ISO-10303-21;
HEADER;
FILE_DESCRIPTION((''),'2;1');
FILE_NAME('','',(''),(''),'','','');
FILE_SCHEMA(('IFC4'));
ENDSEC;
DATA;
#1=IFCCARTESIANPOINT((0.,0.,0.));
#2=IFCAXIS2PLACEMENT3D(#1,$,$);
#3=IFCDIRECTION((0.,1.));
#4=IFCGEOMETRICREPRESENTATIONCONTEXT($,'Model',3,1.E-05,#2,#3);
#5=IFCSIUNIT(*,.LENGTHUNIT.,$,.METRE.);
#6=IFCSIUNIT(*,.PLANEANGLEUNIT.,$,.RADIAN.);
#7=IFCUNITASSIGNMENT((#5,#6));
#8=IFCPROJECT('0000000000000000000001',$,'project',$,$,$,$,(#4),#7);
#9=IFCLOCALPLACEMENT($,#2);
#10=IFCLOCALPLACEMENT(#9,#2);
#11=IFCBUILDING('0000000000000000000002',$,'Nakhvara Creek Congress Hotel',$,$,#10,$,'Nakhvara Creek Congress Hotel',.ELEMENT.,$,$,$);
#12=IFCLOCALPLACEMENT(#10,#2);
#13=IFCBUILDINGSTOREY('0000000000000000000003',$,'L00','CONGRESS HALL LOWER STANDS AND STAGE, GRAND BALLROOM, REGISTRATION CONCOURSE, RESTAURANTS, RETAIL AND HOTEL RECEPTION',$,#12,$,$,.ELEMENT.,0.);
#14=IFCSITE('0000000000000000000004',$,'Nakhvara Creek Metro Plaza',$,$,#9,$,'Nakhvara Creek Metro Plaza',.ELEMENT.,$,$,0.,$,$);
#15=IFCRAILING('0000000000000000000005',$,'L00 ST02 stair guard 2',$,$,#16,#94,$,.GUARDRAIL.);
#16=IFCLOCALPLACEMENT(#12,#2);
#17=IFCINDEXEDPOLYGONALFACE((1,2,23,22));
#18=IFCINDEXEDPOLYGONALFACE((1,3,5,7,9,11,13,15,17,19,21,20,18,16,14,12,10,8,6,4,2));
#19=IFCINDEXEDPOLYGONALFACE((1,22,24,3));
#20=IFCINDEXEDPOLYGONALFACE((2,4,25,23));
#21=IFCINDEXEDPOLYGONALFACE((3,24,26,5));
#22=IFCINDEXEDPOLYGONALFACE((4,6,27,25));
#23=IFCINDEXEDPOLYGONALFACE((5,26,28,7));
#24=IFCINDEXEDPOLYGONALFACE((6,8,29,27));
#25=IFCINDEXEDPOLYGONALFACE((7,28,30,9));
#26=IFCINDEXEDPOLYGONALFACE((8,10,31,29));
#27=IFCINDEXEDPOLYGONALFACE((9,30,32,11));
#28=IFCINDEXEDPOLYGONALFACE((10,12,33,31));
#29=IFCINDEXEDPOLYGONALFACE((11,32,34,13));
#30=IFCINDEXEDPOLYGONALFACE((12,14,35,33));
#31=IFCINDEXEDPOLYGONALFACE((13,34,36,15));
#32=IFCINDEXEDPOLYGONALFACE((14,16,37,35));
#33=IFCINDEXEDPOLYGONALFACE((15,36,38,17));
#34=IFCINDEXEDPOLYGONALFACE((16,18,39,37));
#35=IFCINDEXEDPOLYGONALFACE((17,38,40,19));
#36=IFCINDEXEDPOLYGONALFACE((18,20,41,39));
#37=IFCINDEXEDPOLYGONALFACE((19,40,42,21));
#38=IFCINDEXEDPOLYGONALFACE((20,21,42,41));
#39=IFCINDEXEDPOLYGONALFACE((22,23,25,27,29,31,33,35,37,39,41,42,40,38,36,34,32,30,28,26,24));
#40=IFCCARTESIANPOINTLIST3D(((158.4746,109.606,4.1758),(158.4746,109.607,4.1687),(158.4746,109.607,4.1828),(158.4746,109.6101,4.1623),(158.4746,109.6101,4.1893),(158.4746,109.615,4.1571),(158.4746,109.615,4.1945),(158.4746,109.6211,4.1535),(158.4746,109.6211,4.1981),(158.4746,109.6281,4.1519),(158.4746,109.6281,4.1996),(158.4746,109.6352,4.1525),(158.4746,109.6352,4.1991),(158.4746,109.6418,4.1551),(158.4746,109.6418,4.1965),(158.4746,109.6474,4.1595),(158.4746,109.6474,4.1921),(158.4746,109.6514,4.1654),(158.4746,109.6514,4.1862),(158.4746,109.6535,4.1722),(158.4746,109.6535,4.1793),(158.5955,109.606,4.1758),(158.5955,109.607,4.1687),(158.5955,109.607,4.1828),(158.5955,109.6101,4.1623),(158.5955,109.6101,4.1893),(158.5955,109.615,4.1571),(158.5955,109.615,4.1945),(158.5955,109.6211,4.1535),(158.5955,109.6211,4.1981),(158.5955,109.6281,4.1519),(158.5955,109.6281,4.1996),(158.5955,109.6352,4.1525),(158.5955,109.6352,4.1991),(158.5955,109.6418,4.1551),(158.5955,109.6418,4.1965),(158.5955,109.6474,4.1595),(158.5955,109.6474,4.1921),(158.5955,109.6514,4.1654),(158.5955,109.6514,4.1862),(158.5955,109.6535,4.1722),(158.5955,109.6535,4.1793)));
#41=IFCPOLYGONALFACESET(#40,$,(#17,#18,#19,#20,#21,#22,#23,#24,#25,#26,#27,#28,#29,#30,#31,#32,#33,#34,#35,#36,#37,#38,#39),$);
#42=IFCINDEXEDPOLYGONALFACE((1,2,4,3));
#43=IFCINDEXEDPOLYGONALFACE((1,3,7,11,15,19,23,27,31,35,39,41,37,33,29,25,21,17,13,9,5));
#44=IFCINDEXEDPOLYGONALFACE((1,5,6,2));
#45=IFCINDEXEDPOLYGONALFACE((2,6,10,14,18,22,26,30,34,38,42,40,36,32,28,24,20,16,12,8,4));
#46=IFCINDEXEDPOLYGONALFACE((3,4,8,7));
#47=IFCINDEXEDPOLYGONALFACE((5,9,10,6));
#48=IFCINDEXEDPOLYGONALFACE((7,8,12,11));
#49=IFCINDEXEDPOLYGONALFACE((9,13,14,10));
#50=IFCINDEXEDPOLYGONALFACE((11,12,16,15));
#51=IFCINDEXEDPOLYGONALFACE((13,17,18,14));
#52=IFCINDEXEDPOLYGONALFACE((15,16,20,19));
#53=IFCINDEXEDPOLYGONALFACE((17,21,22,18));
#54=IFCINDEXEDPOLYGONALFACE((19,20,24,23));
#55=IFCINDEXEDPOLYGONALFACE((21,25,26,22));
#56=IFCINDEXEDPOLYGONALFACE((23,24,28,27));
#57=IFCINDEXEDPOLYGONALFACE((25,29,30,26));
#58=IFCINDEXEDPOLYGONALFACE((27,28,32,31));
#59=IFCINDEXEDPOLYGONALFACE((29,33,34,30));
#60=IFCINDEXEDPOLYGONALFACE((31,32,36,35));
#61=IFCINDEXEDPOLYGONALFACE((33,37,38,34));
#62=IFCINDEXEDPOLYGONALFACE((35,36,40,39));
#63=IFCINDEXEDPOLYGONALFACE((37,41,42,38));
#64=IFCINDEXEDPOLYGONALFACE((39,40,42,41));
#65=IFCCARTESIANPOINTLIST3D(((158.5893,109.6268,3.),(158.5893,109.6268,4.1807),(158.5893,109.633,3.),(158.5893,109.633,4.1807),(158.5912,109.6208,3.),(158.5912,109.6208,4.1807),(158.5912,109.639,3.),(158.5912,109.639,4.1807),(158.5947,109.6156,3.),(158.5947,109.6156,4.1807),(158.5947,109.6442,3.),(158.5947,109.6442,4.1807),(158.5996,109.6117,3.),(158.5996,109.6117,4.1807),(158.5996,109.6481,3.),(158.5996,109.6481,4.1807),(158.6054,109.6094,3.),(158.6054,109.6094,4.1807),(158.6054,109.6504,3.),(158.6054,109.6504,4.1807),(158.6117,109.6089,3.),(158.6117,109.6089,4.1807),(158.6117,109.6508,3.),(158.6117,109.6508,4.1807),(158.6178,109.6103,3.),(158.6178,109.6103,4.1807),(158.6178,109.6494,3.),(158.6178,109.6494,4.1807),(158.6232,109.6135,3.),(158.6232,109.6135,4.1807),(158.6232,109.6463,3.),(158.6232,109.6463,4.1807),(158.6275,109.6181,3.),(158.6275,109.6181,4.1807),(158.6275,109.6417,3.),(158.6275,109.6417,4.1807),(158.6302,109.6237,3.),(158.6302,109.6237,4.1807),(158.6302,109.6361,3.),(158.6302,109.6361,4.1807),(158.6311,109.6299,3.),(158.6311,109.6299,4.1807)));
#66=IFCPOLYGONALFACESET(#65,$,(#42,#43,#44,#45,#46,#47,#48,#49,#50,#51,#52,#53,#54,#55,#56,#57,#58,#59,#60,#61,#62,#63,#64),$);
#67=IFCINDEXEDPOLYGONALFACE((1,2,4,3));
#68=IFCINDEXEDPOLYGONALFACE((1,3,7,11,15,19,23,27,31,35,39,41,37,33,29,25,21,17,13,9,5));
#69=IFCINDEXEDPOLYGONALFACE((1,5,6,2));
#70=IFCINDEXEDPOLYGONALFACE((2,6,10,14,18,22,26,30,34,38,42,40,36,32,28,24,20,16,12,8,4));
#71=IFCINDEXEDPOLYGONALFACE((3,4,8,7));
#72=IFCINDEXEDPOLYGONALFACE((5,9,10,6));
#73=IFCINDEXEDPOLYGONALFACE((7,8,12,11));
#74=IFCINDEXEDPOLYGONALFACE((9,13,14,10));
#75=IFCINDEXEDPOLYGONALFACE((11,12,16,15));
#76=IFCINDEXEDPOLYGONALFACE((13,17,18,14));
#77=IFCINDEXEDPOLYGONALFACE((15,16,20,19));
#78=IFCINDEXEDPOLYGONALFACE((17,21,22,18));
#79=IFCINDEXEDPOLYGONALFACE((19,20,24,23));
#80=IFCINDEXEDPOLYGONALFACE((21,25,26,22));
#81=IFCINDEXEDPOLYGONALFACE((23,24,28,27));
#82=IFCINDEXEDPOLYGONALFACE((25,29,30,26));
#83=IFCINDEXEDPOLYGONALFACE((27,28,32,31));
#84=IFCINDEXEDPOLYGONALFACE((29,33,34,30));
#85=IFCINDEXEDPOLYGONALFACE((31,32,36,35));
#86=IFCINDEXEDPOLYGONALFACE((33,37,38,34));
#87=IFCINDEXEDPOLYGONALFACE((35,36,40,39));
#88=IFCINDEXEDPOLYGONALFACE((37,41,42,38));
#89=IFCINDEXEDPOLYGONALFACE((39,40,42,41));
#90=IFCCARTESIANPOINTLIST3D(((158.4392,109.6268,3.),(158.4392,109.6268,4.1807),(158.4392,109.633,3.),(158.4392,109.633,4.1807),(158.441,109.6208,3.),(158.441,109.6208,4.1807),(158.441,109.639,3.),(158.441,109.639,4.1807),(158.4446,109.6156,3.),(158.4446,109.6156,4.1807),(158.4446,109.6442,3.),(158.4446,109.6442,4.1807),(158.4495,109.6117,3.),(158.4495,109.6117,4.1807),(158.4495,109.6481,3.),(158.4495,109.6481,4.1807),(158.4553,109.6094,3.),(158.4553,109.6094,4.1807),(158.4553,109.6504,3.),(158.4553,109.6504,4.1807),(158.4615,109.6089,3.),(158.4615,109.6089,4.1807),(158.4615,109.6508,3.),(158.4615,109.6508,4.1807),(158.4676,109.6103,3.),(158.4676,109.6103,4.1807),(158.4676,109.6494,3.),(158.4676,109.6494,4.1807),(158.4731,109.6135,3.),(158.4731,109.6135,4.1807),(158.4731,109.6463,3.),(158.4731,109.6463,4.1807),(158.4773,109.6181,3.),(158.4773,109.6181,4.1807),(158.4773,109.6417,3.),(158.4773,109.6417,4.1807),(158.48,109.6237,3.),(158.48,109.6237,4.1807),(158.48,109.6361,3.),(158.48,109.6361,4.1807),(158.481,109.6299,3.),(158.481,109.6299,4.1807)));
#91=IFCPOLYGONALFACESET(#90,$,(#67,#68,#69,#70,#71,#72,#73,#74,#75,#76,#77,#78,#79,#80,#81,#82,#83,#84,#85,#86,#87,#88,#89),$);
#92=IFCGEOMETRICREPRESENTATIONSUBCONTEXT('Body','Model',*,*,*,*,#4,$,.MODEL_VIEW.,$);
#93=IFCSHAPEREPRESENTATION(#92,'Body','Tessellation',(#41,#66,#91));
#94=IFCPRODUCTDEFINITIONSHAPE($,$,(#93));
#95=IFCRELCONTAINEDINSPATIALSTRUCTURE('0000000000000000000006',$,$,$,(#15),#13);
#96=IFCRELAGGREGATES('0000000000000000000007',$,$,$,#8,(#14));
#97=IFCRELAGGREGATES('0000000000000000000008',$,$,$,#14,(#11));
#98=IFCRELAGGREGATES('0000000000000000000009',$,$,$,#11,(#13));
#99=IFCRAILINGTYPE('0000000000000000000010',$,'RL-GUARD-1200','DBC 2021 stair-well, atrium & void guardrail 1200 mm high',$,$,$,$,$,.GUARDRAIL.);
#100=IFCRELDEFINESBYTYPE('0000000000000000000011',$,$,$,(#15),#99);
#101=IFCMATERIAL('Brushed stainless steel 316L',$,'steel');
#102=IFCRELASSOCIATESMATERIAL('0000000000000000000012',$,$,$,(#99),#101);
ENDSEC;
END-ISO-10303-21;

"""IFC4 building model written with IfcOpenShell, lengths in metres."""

from ifc_helpers import new_model, si_unit, direction, frame, origin, origin_2d, place, context, subcontext, project, spatial, circle, extrude, material, type_object, element, save


model = new_model("IFC4")

# Units and contexts
model_context = context("Model", 3, precision=1e-05, world=origin(), true_north=direction((0.0, 1.0)))
body_context = subcontext(model_context, "Body", "Model", "MODEL_VIEW")
ifc_project = project(units=[si_unit("LENGTHUNIT", "METRE"), si_unit("PLANEANGLEUNIT", "RADIAN")], contexts=[model_context])

# Site, building, storey
site_placement = place(None, origin())
site = spatial("IfcSite", under=ifc_project, at=site_placement, Name="Nakhvara Creek Metro Plaza", LongName="Nakhvara Creek Metro Plaza", CompositionType="ELEMENT", RefElevation=0.0)
building_placement = place(site_placement, origin())
building = spatial("IfcBuilding", under=site, at=building_placement, Name="Nakhvara Creek Congress Hotel", LongName="Nakhvara Creek Congress Hotel", CompositionType="ELEMENT")
storey_placement = place(building_placement, origin())
storey = spatial("IfcBuildingStorey", under=building, at=storey_placement, Name="L00", Description="CONGRESS HALL LOWER STANDS AND STAGE, GRAND BALLROOM, REGISTRATION CONCOURSE, RESTAURANTS, RETAIL AND HOTEL RECEPTION", CompositionType="ELEMENT", Elevation=0.0)

# Railing
ifc_material_1 = material(Name="Brushed stainless steel 316L", Category="steel")
railing_type_1 = type_object("IfcRailingType", Name="RL-GUARD-1200", Description="DBC 2021 stair-well, atrium & void guardrail 1200 mm high", PredefinedType="GUARDRAIL", material=ifc_material_1)
railing_1_placement = place(storey_placement, frame((158.6101, 109.6299, 3.0)))
element("IfcRailing", 1, at=railing_1_placement, inside=storey, type_object=railing_type_1, Name="L00 ST02 stair guard 2", PredefinedType="GUARDRAIL", context=body_context, shape_type="SweptSolid", body=[
    extrude(circle(Radius=0.0239, at=origin_2d()), frame((-0.0146, 0.0, 1.1758), z_axis=(-1.0, 0.0, 0.0), x_axis=(0.0, -1.0, 0.0)), (0.0, 0.0, 1.0), 0.1208),
    extrude(circle(Radius=0.021, at=origin_2d()), origin(), (0.0, 0.0, 1.0), 1.1807),
    extrude(circle(Radius=0.021, at=origin_2d()), frame((-0.1501, 0.0, 0.0)), (0.0, 0.0, 1.0), 1.1807),
])

save(model, "model.ifc")
